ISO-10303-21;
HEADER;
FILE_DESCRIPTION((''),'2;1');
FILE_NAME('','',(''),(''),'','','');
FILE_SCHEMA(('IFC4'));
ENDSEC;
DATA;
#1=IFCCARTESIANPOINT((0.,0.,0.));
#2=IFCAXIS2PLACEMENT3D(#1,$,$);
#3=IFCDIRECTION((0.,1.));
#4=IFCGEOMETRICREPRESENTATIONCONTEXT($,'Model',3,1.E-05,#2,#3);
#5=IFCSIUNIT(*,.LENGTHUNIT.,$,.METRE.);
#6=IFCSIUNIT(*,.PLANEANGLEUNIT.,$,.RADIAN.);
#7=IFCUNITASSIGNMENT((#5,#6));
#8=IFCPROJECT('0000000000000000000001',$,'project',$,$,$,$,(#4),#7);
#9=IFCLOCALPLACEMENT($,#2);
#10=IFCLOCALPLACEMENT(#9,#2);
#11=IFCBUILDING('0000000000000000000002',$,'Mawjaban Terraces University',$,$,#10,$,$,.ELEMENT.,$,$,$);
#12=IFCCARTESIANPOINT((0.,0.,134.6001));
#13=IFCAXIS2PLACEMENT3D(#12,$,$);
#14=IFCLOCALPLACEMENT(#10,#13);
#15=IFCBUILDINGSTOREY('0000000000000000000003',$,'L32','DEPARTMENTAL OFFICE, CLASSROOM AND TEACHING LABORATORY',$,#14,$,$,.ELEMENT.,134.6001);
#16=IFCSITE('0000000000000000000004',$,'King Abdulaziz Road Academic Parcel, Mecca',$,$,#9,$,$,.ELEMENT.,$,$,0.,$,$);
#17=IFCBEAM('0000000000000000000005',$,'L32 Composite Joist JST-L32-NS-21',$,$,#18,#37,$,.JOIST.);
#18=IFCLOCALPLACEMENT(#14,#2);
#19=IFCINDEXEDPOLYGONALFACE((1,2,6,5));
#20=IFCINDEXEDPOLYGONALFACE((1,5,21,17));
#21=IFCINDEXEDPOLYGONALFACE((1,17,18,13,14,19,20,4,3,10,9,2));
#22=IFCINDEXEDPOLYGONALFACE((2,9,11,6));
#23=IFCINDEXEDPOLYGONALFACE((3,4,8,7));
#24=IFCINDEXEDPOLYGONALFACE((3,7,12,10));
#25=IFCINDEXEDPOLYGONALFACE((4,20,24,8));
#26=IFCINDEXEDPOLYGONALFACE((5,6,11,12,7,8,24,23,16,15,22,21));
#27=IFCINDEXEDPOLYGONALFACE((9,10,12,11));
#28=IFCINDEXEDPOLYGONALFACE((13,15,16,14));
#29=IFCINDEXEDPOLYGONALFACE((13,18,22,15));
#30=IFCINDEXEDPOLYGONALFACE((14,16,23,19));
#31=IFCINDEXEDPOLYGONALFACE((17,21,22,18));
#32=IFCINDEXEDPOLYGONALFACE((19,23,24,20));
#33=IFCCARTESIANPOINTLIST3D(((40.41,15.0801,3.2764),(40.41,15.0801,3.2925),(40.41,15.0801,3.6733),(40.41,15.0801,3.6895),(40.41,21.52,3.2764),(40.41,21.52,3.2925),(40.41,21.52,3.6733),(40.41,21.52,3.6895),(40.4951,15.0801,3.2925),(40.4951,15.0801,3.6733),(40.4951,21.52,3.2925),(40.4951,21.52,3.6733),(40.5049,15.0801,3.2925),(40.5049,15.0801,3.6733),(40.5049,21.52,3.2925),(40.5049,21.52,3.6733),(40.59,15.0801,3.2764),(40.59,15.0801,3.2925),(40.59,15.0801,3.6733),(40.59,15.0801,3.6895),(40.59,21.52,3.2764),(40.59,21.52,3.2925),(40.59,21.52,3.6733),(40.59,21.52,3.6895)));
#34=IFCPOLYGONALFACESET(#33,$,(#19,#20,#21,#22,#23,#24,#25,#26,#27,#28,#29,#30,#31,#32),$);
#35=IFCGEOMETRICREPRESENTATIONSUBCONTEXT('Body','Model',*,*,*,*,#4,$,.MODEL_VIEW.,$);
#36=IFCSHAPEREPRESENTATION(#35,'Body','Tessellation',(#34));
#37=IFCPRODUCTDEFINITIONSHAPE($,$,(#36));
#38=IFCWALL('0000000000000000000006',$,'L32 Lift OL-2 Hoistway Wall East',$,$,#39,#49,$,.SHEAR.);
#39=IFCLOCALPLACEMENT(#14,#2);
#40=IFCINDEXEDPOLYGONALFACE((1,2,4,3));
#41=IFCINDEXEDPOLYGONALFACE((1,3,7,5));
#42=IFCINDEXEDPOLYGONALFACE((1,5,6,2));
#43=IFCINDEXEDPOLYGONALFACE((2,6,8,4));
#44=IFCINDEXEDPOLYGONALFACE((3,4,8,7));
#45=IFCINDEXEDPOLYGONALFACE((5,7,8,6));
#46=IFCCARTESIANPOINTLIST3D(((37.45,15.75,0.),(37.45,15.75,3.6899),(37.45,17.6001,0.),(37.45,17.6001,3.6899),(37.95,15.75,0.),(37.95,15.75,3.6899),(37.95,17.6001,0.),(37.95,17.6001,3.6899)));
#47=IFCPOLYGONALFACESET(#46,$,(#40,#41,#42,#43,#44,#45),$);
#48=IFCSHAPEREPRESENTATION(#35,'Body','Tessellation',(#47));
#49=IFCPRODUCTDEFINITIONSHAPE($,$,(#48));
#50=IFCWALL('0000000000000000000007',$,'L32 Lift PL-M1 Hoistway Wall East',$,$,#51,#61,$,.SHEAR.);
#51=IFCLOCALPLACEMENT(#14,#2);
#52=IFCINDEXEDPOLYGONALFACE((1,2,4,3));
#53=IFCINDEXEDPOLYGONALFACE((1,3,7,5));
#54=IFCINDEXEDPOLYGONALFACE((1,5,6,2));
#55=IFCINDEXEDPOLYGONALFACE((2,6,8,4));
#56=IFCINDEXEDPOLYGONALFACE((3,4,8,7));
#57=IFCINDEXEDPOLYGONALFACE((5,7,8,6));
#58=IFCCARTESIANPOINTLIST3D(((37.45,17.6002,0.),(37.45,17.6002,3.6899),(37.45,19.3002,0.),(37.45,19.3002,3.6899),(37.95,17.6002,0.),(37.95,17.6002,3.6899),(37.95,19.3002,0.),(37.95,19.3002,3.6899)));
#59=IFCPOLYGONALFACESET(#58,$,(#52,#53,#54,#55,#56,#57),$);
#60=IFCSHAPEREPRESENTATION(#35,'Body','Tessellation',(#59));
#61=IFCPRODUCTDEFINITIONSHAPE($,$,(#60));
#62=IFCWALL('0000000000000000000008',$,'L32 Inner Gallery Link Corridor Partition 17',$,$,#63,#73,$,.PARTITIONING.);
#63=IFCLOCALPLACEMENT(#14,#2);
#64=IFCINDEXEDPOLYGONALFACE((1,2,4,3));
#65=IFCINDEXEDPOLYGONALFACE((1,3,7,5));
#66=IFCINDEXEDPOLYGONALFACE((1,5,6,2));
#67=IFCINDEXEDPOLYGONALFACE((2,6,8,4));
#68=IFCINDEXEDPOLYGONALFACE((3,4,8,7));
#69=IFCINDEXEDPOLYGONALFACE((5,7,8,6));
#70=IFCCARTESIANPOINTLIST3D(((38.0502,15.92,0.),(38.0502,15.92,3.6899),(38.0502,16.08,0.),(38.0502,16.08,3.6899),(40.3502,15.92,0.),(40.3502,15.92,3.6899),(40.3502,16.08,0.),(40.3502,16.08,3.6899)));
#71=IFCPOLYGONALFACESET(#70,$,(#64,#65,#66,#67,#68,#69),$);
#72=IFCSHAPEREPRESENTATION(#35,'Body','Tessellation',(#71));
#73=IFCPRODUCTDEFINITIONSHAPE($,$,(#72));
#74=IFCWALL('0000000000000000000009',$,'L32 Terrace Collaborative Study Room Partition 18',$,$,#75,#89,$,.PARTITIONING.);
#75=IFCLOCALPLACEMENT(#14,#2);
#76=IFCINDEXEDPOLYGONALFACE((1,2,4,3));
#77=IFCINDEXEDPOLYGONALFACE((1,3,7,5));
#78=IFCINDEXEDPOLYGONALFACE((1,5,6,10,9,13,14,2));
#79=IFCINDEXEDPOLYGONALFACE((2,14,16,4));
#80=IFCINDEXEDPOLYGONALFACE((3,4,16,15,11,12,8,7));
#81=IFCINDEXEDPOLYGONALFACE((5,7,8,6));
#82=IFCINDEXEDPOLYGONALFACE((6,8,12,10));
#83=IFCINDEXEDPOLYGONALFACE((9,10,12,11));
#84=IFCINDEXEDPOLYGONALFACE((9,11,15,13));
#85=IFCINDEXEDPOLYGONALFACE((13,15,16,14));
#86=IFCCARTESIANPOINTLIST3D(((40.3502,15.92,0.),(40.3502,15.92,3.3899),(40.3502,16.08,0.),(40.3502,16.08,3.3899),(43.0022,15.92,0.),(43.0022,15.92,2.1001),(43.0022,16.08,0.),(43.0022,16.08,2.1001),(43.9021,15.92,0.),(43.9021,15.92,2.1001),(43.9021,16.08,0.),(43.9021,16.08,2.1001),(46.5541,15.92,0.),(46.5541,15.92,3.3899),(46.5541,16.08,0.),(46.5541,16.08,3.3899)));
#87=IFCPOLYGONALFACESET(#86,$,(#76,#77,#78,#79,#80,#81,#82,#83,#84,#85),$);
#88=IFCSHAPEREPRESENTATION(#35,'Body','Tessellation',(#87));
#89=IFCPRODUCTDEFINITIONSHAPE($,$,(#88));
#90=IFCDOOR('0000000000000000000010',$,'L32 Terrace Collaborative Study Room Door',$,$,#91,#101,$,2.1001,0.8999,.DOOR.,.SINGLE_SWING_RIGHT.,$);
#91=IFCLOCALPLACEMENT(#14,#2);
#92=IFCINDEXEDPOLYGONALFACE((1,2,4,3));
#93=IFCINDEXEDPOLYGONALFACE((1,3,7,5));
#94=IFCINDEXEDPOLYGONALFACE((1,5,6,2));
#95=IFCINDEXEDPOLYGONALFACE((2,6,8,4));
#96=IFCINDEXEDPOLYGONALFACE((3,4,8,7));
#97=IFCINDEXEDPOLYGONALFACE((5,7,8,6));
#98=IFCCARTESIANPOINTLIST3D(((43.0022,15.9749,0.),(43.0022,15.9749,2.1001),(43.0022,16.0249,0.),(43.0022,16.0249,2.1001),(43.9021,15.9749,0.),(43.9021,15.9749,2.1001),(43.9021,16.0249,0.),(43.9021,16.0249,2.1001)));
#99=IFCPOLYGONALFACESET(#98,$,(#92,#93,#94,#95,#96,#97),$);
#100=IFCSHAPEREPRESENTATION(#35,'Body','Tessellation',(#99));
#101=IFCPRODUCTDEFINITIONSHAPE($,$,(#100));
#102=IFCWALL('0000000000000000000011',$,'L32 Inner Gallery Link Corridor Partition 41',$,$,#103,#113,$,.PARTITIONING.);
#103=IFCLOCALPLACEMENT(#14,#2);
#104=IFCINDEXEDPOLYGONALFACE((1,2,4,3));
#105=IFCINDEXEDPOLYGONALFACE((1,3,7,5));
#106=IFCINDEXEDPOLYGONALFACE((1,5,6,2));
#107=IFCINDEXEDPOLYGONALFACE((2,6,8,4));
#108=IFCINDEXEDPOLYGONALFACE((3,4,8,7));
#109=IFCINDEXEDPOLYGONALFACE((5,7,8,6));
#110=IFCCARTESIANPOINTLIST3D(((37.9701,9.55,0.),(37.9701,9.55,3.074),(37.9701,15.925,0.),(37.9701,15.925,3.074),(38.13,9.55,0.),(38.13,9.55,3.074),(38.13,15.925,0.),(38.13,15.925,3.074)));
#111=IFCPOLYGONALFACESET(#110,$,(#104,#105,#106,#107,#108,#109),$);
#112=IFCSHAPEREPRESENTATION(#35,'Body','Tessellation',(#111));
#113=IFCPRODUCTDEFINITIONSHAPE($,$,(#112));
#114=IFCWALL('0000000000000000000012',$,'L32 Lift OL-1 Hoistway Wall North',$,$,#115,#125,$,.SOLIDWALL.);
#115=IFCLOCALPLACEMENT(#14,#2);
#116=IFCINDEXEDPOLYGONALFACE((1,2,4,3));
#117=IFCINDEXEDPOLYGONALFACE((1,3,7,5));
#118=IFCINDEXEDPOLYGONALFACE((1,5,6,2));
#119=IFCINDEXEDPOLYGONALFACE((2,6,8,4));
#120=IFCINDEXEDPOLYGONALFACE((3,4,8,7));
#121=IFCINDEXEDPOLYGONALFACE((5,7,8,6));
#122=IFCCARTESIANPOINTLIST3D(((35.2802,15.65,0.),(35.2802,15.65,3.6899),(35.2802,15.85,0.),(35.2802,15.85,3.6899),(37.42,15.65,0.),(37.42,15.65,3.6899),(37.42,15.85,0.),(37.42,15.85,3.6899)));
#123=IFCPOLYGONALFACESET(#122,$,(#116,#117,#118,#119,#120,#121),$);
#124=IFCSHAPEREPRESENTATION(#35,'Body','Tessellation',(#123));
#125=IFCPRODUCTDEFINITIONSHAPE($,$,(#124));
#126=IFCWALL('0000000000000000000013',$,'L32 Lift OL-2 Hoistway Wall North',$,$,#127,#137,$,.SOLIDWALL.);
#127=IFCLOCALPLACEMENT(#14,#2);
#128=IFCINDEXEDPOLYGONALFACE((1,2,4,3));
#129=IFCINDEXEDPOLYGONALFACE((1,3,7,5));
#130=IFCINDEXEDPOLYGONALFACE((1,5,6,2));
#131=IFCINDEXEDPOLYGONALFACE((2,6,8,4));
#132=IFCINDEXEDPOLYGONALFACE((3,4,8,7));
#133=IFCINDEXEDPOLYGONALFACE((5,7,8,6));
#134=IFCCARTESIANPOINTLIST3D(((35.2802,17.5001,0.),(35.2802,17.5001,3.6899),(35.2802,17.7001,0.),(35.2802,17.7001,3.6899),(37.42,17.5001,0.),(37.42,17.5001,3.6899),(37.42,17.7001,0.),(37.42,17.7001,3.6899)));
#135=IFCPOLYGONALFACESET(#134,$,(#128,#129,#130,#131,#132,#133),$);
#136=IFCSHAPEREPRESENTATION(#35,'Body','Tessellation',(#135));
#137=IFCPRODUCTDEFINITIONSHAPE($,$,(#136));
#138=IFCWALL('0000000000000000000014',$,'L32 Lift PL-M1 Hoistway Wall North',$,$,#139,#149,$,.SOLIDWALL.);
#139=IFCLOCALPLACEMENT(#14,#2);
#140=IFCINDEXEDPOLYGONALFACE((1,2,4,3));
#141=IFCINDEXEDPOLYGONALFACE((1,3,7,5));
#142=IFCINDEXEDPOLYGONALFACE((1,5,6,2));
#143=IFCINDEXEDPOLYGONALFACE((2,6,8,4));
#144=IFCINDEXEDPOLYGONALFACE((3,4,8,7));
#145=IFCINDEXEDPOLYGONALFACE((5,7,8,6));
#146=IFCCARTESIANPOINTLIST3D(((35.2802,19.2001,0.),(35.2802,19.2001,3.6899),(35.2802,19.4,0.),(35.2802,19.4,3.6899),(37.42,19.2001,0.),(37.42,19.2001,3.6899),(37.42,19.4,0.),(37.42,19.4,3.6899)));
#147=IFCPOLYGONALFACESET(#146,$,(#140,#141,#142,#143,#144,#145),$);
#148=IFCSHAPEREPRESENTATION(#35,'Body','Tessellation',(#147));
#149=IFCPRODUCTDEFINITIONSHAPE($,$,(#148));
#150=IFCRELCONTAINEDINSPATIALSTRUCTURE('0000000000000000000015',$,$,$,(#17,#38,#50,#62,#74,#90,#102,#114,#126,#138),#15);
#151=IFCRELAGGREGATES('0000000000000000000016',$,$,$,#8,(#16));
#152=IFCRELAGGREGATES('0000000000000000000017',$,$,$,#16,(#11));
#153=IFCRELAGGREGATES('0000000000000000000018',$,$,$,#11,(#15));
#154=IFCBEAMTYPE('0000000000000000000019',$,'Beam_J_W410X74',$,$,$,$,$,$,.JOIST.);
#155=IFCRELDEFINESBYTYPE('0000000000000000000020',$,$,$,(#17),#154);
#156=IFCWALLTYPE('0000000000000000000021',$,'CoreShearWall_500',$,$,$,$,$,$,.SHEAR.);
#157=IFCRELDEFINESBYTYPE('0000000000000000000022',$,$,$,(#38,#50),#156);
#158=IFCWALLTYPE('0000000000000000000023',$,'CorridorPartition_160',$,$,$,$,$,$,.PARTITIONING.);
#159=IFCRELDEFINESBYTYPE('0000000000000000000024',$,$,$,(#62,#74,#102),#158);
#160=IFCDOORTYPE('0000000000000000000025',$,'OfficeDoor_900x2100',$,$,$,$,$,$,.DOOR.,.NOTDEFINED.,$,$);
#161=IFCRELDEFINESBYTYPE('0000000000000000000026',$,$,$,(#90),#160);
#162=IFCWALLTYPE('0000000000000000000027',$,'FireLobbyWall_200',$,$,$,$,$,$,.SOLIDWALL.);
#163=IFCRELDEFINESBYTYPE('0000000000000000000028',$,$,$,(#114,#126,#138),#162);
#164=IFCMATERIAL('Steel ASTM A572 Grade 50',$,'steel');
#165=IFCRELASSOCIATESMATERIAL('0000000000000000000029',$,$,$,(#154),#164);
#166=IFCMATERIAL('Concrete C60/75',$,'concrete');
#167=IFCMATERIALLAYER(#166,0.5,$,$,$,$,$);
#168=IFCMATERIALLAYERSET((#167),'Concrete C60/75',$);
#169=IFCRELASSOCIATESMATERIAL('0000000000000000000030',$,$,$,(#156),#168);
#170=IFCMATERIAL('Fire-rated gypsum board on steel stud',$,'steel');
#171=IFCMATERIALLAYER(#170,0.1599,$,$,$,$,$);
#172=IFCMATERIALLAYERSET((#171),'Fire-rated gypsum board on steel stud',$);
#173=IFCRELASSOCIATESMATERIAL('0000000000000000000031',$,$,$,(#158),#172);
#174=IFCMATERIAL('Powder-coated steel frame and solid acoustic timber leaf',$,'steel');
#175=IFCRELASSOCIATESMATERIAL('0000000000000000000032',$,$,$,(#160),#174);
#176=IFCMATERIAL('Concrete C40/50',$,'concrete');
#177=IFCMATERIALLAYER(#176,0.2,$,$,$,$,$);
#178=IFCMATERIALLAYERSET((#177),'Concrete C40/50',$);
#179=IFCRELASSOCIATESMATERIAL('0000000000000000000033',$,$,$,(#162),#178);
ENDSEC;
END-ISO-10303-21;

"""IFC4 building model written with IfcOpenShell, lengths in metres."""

from ifc_helpers import new_model, si_unit, direction, frame, frame_2d, origin, origin_2d, place, context, subcontext, project, spatial, rectangle, i_section, extrude, material, layer, layer_set, material_profile, profile_set, type_object, element, fill, save


model = new_model("IFC4")

# Units and contexts
model_context = context("Model", 3, precision=1e-05, world=origin(), true_north=direction((0.0, 1.0)))
body_context = subcontext(model_context, "Body", "Model", "MODEL_VIEW")
ifc_project = project(units=[si_unit("LENGTHUNIT", "METRE"), si_unit("PLANEANGLEUNIT", "RADIAN")], contexts=[model_context])

# Site, building, storey
site_placement = place(None, origin())
site = spatial("IfcSite", under=ifc_project, at=site_placement, Name="King Abdulaziz Road Academic Parcel, Mecca", CompositionType="ELEMENT", RefElevation=0.0)
building_placement = place(site_placement, origin())
building = spatial("IfcBuilding", under=site, at=building_placement, Name="Mawjaban Terraces University", CompositionType="ELEMENT")
storey_placement = place(building_placement, frame((0.0, 0.0, 134.6001)))
storey = spatial("IfcBuildingStorey", under=building, at=storey_placement, Name="L32", Description="DEPARTMENTAL OFFICE, CLASSROOM AND TEACHING LABORATORY", CompositionType="ELEMENT", Elevation=134.6001)

# Beam
ifc_material_1 = material(Name="Steel ASTM A572 Grade 50", Category="steel")
ifc_material_profile_1 = material_profile(ifc_material_1, i_section(OverallWidth=0.1799, OverallDepth=0.4131, WebThickness=0.0098, FlangeThickness=0.0161, at=origin_2d()), Name="W410X74")
ifc_profile_set_1 = profile_set([ifc_material_profile_1], Name="Steel ASTM A572 Grade 50")
beam_type_1 = type_object("IfcBeamType", Name="Beam_J_W410X74", PredefinedType="JOIST", material=ifc_profile_set_1)
beam_1_placement = place(storey_placement, frame((40.5, 15.0801, 3.4829), z_axis=(0.0, 1.0, 0.0), x_axis=(-1.0, 0.0, 0.0)))
element("IfcBeam", 1, at=beam_1_placement, inside=storey, type_object=beam_type_1, Name="L32 Composite Joist JST-L32-NS-21", PredefinedType="JOIST", context=body_context, shape_type="SweptSolid", body=[
    extrude(i_section(OverallWidth=0.1799, OverallDepth=0.4131, WebThickness=0.0098, FlangeThickness=0.0161, at=origin_2d()), origin(), (0.0, 0.0, 1.0), 6.4399),
])

# Walls
ifc_material_2 = material(Name="Concrete C60/75", Category="concrete")
ifc_layer_1 = layer(ifc_material_2, 0.5)
ifc_layer_set_1 = layer_set([ifc_layer_1], Name="Concrete C60/75")
wall_type_1 = type_object("IfcWallType", Name="CoreShearWall_500", PredefinedType="SHEAR", material=ifc_layer_set_1)
wall_1_placement = place(storey_placement, frame((37.7, 15.75, 0.0), z_axis=(0.0, 0.0, 1.0), x_axis=(0.0, 1.0, 0.0)))
element("IfcWall", 2, at=wall_1_placement, inside=storey, type_object=wall_type_1, Name="L32 Lift OL-2 Hoistway Wall East", PredefinedType="SHEAR", context=body_context, shape_type="SweptSolid", body=[
    extrude(rectangle(XDim=1.8501, YDim=0.5, at=frame_2d((0.925, 0.0))), origin(), (0.0, 0.0, 1.0), 3.6899),
])
wall_2_placement = place(storey_placement, frame((37.7, 17.6001, 0.0), z_axis=(0.0, 0.0, 1.0), x_axis=(0.0, 1.0, 0.0)))
element("IfcWall", 3, at=wall_2_placement, inside=storey, type_object=wall_type_1, Name="L32 Lift PL-M1 Hoistway Wall East", PredefinedType="SHEAR", context=body_context, shape_type="SweptSolid", body=[
    extrude(rectangle(XDim=1.7, YDim=0.5, at=frame_2d((0.8501, 0.0))), origin(), (0.0, 0.0, 1.0), 3.6899),
])
ifc_material_3 = material(Name="Fire-rated gypsum board on steel stud", Category="steel")
ifc_layer_2 = layer(ifc_material_3, 0.1599)
ifc_layer_set_2 = layer_set([ifc_layer_2], Name="Fire-rated gypsum board on steel stud")
wall_type_2 = type_object("IfcWallType", Name="CorridorPartition_160", PredefinedType="PARTITIONING", material=ifc_layer_set_2)
wall_3_placement = place(storey_placement, frame((40.3501, 16.0, 0.0), z_axis=(0.0, 0.0, 1.0), x_axis=(-1.0, 0.0, 0.0)))
element("IfcWall", 4, at=wall_3_placement, inside=storey, type_object=wall_type_2, Name="L32 Inner Gallery Link Corridor Partition 17", PredefinedType="PARTITIONING", context=body_context, shape_type="SweptSolid", body=[
    extrude(rectangle(XDim=2.3, YDim=0.1599, at=frame_2d((1.1499, 0.0))), origin(), (0.0, 0.0, 1.0), 3.6899),
])

# Wall, opening, door
wall_4_placement = place(storey_placement, frame((40.3501, 16.0, 0.0), z_axis=(0.0, 0.0, 1.0), x_axis=(1.0, 0.0, 0.0)))
wall_4 = element("IfcWall", 5, at=wall_4_placement, inside=storey, type_object=wall_type_2, Name="L32 Terrace Collaborative Study Room Partition 18", PredefinedType="PARTITIONING", context=body_context, shape_type="SweptSolid", body=[
    extrude(rectangle(XDim=6.2039, YDim=0.1599, at=frame_2d((3.1021, 0.0))), origin(), (0.0, 0.0, 1.0), 3.3899),
])
opening_placement = place(wall_4_placement, frame((2.6521, 0.0, 0.0)))
opening = element("IfcOpeningElement", 6, at=opening_placement, cuts=wall_4, PredefinedType="OPENING", context=body_context, shape_type="SweptSolid", body=[
    extrude(rectangle(XDim=0.8999, YDim=2.1001, at=frame_2d((0.45, 1.05))), frame((0.0, 0.0898, 0.0), z_axis=(0.0, -1.0, 0.0), x_axis=(1.0, 0.0, 0.0)), (0.0, 0.0, 1.0), 0.1799),
])
ifc_material_4 = material(Name="Powder-coated steel frame and solid acoustic timber leaf", Category="steel")
door_type = type_object("IfcDoorType", Name="OfficeDoor_900x2100", OperationType="NOTDEFINED", PredefinedType="DOOR", material=ifc_material_4)
door_placement = place(opening_placement, origin())
door = element("IfcDoor", 7, at=door_placement, inside=storey, type_object=door_type, Name="L32 Terrace Collaborative Study Room Door", OperationType="SINGLE_SWING_RIGHT", OverallHeight=2.1001, OverallWidth=0.8999, PredefinedType="DOOR", context=body_context, shape_type="SweptSolid", body=[
    extrude(rectangle(XDim=0.8999, YDim=2.1001, at=frame_2d((0.45, 1.05))), frame((0.0, 0.0249, 0.0), z_axis=(0.0, -1.0, 0.0), x_axis=(1.0, 0.0, 0.0)), (0.0, 0.0, 1.0), 0.05),
])
fill(opening, door)

# Walls
wall_5_placement = place(storey_placement, frame((38.05, 15.925, 0.0), z_axis=(0.0, 0.0, 1.0), x_axis=(0.0, -1.0, 0.0)))
element("IfcWall", 8, at=wall_5_placement, inside=storey, type_object=wall_type_2, Name="L32 Inner Gallery Link Corridor Partition 41", PredefinedType="PARTITIONING", context=body_context, shape_type="SweptSolid", body=[
    extrude(rectangle(XDim=6.375, YDim=0.1599, at=frame_2d((3.1875, 0.0))), origin(), (0.0, 0.0, 1.0), 3.074),
])
ifc_material_5 = material(Name="Concrete C40/50", Category="concrete")
ifc_layer_3 = layer(ifc_material_5, 0.2)
ifc_layer_set_3 = layer_set([ifc_layer_3], Name="Concrete C40/50")
wall_type_3 = type_object("IfcWallType", Name="FireLobbyWall_200", PredefinedType="SOLIDWALL", material=ifc_layer_set_3)
for number, where, z_axis, x_axis, name in (
    (9, (37.4199, 15.75, 0.0), (0.0, 0.0, 1.0), (-1.0, 0.0, 0.0), "L32 Lift OL-1 Hoistway Wall North"),
    (10, (37.4199, 17.6001, 0.0), (0.0, 0.0, 1.0), (-1.0, 0.0, 0.0), "L32 Lift OL-2 Hoistway Wall North"),
    (11, (37.4199, 19.3, 0.0), (0.0, 0.0, 1.0), (-1.0, 0.0, 0.0), "L32 Lift PL-M1 Hoistway Wall North"),
):
    element("IfcWall", number, at=place(storey_placement, frame(where, z_axis=z_axis, x_axis=x_axis)), inside=storey, type_object=wall_type_3, Name=name, PredefinedType="SOLIDWALL", context=body_context, shape_type="SweptSolid", body=[
        extrude(rectangle(XDim=2.1399, YDim=0.2, at=frame_2d((1.0698, 0.0))), origin(), (0.0, 0.0, 1.0), 3.6899),
    ])

save(model, "model.ifc")
